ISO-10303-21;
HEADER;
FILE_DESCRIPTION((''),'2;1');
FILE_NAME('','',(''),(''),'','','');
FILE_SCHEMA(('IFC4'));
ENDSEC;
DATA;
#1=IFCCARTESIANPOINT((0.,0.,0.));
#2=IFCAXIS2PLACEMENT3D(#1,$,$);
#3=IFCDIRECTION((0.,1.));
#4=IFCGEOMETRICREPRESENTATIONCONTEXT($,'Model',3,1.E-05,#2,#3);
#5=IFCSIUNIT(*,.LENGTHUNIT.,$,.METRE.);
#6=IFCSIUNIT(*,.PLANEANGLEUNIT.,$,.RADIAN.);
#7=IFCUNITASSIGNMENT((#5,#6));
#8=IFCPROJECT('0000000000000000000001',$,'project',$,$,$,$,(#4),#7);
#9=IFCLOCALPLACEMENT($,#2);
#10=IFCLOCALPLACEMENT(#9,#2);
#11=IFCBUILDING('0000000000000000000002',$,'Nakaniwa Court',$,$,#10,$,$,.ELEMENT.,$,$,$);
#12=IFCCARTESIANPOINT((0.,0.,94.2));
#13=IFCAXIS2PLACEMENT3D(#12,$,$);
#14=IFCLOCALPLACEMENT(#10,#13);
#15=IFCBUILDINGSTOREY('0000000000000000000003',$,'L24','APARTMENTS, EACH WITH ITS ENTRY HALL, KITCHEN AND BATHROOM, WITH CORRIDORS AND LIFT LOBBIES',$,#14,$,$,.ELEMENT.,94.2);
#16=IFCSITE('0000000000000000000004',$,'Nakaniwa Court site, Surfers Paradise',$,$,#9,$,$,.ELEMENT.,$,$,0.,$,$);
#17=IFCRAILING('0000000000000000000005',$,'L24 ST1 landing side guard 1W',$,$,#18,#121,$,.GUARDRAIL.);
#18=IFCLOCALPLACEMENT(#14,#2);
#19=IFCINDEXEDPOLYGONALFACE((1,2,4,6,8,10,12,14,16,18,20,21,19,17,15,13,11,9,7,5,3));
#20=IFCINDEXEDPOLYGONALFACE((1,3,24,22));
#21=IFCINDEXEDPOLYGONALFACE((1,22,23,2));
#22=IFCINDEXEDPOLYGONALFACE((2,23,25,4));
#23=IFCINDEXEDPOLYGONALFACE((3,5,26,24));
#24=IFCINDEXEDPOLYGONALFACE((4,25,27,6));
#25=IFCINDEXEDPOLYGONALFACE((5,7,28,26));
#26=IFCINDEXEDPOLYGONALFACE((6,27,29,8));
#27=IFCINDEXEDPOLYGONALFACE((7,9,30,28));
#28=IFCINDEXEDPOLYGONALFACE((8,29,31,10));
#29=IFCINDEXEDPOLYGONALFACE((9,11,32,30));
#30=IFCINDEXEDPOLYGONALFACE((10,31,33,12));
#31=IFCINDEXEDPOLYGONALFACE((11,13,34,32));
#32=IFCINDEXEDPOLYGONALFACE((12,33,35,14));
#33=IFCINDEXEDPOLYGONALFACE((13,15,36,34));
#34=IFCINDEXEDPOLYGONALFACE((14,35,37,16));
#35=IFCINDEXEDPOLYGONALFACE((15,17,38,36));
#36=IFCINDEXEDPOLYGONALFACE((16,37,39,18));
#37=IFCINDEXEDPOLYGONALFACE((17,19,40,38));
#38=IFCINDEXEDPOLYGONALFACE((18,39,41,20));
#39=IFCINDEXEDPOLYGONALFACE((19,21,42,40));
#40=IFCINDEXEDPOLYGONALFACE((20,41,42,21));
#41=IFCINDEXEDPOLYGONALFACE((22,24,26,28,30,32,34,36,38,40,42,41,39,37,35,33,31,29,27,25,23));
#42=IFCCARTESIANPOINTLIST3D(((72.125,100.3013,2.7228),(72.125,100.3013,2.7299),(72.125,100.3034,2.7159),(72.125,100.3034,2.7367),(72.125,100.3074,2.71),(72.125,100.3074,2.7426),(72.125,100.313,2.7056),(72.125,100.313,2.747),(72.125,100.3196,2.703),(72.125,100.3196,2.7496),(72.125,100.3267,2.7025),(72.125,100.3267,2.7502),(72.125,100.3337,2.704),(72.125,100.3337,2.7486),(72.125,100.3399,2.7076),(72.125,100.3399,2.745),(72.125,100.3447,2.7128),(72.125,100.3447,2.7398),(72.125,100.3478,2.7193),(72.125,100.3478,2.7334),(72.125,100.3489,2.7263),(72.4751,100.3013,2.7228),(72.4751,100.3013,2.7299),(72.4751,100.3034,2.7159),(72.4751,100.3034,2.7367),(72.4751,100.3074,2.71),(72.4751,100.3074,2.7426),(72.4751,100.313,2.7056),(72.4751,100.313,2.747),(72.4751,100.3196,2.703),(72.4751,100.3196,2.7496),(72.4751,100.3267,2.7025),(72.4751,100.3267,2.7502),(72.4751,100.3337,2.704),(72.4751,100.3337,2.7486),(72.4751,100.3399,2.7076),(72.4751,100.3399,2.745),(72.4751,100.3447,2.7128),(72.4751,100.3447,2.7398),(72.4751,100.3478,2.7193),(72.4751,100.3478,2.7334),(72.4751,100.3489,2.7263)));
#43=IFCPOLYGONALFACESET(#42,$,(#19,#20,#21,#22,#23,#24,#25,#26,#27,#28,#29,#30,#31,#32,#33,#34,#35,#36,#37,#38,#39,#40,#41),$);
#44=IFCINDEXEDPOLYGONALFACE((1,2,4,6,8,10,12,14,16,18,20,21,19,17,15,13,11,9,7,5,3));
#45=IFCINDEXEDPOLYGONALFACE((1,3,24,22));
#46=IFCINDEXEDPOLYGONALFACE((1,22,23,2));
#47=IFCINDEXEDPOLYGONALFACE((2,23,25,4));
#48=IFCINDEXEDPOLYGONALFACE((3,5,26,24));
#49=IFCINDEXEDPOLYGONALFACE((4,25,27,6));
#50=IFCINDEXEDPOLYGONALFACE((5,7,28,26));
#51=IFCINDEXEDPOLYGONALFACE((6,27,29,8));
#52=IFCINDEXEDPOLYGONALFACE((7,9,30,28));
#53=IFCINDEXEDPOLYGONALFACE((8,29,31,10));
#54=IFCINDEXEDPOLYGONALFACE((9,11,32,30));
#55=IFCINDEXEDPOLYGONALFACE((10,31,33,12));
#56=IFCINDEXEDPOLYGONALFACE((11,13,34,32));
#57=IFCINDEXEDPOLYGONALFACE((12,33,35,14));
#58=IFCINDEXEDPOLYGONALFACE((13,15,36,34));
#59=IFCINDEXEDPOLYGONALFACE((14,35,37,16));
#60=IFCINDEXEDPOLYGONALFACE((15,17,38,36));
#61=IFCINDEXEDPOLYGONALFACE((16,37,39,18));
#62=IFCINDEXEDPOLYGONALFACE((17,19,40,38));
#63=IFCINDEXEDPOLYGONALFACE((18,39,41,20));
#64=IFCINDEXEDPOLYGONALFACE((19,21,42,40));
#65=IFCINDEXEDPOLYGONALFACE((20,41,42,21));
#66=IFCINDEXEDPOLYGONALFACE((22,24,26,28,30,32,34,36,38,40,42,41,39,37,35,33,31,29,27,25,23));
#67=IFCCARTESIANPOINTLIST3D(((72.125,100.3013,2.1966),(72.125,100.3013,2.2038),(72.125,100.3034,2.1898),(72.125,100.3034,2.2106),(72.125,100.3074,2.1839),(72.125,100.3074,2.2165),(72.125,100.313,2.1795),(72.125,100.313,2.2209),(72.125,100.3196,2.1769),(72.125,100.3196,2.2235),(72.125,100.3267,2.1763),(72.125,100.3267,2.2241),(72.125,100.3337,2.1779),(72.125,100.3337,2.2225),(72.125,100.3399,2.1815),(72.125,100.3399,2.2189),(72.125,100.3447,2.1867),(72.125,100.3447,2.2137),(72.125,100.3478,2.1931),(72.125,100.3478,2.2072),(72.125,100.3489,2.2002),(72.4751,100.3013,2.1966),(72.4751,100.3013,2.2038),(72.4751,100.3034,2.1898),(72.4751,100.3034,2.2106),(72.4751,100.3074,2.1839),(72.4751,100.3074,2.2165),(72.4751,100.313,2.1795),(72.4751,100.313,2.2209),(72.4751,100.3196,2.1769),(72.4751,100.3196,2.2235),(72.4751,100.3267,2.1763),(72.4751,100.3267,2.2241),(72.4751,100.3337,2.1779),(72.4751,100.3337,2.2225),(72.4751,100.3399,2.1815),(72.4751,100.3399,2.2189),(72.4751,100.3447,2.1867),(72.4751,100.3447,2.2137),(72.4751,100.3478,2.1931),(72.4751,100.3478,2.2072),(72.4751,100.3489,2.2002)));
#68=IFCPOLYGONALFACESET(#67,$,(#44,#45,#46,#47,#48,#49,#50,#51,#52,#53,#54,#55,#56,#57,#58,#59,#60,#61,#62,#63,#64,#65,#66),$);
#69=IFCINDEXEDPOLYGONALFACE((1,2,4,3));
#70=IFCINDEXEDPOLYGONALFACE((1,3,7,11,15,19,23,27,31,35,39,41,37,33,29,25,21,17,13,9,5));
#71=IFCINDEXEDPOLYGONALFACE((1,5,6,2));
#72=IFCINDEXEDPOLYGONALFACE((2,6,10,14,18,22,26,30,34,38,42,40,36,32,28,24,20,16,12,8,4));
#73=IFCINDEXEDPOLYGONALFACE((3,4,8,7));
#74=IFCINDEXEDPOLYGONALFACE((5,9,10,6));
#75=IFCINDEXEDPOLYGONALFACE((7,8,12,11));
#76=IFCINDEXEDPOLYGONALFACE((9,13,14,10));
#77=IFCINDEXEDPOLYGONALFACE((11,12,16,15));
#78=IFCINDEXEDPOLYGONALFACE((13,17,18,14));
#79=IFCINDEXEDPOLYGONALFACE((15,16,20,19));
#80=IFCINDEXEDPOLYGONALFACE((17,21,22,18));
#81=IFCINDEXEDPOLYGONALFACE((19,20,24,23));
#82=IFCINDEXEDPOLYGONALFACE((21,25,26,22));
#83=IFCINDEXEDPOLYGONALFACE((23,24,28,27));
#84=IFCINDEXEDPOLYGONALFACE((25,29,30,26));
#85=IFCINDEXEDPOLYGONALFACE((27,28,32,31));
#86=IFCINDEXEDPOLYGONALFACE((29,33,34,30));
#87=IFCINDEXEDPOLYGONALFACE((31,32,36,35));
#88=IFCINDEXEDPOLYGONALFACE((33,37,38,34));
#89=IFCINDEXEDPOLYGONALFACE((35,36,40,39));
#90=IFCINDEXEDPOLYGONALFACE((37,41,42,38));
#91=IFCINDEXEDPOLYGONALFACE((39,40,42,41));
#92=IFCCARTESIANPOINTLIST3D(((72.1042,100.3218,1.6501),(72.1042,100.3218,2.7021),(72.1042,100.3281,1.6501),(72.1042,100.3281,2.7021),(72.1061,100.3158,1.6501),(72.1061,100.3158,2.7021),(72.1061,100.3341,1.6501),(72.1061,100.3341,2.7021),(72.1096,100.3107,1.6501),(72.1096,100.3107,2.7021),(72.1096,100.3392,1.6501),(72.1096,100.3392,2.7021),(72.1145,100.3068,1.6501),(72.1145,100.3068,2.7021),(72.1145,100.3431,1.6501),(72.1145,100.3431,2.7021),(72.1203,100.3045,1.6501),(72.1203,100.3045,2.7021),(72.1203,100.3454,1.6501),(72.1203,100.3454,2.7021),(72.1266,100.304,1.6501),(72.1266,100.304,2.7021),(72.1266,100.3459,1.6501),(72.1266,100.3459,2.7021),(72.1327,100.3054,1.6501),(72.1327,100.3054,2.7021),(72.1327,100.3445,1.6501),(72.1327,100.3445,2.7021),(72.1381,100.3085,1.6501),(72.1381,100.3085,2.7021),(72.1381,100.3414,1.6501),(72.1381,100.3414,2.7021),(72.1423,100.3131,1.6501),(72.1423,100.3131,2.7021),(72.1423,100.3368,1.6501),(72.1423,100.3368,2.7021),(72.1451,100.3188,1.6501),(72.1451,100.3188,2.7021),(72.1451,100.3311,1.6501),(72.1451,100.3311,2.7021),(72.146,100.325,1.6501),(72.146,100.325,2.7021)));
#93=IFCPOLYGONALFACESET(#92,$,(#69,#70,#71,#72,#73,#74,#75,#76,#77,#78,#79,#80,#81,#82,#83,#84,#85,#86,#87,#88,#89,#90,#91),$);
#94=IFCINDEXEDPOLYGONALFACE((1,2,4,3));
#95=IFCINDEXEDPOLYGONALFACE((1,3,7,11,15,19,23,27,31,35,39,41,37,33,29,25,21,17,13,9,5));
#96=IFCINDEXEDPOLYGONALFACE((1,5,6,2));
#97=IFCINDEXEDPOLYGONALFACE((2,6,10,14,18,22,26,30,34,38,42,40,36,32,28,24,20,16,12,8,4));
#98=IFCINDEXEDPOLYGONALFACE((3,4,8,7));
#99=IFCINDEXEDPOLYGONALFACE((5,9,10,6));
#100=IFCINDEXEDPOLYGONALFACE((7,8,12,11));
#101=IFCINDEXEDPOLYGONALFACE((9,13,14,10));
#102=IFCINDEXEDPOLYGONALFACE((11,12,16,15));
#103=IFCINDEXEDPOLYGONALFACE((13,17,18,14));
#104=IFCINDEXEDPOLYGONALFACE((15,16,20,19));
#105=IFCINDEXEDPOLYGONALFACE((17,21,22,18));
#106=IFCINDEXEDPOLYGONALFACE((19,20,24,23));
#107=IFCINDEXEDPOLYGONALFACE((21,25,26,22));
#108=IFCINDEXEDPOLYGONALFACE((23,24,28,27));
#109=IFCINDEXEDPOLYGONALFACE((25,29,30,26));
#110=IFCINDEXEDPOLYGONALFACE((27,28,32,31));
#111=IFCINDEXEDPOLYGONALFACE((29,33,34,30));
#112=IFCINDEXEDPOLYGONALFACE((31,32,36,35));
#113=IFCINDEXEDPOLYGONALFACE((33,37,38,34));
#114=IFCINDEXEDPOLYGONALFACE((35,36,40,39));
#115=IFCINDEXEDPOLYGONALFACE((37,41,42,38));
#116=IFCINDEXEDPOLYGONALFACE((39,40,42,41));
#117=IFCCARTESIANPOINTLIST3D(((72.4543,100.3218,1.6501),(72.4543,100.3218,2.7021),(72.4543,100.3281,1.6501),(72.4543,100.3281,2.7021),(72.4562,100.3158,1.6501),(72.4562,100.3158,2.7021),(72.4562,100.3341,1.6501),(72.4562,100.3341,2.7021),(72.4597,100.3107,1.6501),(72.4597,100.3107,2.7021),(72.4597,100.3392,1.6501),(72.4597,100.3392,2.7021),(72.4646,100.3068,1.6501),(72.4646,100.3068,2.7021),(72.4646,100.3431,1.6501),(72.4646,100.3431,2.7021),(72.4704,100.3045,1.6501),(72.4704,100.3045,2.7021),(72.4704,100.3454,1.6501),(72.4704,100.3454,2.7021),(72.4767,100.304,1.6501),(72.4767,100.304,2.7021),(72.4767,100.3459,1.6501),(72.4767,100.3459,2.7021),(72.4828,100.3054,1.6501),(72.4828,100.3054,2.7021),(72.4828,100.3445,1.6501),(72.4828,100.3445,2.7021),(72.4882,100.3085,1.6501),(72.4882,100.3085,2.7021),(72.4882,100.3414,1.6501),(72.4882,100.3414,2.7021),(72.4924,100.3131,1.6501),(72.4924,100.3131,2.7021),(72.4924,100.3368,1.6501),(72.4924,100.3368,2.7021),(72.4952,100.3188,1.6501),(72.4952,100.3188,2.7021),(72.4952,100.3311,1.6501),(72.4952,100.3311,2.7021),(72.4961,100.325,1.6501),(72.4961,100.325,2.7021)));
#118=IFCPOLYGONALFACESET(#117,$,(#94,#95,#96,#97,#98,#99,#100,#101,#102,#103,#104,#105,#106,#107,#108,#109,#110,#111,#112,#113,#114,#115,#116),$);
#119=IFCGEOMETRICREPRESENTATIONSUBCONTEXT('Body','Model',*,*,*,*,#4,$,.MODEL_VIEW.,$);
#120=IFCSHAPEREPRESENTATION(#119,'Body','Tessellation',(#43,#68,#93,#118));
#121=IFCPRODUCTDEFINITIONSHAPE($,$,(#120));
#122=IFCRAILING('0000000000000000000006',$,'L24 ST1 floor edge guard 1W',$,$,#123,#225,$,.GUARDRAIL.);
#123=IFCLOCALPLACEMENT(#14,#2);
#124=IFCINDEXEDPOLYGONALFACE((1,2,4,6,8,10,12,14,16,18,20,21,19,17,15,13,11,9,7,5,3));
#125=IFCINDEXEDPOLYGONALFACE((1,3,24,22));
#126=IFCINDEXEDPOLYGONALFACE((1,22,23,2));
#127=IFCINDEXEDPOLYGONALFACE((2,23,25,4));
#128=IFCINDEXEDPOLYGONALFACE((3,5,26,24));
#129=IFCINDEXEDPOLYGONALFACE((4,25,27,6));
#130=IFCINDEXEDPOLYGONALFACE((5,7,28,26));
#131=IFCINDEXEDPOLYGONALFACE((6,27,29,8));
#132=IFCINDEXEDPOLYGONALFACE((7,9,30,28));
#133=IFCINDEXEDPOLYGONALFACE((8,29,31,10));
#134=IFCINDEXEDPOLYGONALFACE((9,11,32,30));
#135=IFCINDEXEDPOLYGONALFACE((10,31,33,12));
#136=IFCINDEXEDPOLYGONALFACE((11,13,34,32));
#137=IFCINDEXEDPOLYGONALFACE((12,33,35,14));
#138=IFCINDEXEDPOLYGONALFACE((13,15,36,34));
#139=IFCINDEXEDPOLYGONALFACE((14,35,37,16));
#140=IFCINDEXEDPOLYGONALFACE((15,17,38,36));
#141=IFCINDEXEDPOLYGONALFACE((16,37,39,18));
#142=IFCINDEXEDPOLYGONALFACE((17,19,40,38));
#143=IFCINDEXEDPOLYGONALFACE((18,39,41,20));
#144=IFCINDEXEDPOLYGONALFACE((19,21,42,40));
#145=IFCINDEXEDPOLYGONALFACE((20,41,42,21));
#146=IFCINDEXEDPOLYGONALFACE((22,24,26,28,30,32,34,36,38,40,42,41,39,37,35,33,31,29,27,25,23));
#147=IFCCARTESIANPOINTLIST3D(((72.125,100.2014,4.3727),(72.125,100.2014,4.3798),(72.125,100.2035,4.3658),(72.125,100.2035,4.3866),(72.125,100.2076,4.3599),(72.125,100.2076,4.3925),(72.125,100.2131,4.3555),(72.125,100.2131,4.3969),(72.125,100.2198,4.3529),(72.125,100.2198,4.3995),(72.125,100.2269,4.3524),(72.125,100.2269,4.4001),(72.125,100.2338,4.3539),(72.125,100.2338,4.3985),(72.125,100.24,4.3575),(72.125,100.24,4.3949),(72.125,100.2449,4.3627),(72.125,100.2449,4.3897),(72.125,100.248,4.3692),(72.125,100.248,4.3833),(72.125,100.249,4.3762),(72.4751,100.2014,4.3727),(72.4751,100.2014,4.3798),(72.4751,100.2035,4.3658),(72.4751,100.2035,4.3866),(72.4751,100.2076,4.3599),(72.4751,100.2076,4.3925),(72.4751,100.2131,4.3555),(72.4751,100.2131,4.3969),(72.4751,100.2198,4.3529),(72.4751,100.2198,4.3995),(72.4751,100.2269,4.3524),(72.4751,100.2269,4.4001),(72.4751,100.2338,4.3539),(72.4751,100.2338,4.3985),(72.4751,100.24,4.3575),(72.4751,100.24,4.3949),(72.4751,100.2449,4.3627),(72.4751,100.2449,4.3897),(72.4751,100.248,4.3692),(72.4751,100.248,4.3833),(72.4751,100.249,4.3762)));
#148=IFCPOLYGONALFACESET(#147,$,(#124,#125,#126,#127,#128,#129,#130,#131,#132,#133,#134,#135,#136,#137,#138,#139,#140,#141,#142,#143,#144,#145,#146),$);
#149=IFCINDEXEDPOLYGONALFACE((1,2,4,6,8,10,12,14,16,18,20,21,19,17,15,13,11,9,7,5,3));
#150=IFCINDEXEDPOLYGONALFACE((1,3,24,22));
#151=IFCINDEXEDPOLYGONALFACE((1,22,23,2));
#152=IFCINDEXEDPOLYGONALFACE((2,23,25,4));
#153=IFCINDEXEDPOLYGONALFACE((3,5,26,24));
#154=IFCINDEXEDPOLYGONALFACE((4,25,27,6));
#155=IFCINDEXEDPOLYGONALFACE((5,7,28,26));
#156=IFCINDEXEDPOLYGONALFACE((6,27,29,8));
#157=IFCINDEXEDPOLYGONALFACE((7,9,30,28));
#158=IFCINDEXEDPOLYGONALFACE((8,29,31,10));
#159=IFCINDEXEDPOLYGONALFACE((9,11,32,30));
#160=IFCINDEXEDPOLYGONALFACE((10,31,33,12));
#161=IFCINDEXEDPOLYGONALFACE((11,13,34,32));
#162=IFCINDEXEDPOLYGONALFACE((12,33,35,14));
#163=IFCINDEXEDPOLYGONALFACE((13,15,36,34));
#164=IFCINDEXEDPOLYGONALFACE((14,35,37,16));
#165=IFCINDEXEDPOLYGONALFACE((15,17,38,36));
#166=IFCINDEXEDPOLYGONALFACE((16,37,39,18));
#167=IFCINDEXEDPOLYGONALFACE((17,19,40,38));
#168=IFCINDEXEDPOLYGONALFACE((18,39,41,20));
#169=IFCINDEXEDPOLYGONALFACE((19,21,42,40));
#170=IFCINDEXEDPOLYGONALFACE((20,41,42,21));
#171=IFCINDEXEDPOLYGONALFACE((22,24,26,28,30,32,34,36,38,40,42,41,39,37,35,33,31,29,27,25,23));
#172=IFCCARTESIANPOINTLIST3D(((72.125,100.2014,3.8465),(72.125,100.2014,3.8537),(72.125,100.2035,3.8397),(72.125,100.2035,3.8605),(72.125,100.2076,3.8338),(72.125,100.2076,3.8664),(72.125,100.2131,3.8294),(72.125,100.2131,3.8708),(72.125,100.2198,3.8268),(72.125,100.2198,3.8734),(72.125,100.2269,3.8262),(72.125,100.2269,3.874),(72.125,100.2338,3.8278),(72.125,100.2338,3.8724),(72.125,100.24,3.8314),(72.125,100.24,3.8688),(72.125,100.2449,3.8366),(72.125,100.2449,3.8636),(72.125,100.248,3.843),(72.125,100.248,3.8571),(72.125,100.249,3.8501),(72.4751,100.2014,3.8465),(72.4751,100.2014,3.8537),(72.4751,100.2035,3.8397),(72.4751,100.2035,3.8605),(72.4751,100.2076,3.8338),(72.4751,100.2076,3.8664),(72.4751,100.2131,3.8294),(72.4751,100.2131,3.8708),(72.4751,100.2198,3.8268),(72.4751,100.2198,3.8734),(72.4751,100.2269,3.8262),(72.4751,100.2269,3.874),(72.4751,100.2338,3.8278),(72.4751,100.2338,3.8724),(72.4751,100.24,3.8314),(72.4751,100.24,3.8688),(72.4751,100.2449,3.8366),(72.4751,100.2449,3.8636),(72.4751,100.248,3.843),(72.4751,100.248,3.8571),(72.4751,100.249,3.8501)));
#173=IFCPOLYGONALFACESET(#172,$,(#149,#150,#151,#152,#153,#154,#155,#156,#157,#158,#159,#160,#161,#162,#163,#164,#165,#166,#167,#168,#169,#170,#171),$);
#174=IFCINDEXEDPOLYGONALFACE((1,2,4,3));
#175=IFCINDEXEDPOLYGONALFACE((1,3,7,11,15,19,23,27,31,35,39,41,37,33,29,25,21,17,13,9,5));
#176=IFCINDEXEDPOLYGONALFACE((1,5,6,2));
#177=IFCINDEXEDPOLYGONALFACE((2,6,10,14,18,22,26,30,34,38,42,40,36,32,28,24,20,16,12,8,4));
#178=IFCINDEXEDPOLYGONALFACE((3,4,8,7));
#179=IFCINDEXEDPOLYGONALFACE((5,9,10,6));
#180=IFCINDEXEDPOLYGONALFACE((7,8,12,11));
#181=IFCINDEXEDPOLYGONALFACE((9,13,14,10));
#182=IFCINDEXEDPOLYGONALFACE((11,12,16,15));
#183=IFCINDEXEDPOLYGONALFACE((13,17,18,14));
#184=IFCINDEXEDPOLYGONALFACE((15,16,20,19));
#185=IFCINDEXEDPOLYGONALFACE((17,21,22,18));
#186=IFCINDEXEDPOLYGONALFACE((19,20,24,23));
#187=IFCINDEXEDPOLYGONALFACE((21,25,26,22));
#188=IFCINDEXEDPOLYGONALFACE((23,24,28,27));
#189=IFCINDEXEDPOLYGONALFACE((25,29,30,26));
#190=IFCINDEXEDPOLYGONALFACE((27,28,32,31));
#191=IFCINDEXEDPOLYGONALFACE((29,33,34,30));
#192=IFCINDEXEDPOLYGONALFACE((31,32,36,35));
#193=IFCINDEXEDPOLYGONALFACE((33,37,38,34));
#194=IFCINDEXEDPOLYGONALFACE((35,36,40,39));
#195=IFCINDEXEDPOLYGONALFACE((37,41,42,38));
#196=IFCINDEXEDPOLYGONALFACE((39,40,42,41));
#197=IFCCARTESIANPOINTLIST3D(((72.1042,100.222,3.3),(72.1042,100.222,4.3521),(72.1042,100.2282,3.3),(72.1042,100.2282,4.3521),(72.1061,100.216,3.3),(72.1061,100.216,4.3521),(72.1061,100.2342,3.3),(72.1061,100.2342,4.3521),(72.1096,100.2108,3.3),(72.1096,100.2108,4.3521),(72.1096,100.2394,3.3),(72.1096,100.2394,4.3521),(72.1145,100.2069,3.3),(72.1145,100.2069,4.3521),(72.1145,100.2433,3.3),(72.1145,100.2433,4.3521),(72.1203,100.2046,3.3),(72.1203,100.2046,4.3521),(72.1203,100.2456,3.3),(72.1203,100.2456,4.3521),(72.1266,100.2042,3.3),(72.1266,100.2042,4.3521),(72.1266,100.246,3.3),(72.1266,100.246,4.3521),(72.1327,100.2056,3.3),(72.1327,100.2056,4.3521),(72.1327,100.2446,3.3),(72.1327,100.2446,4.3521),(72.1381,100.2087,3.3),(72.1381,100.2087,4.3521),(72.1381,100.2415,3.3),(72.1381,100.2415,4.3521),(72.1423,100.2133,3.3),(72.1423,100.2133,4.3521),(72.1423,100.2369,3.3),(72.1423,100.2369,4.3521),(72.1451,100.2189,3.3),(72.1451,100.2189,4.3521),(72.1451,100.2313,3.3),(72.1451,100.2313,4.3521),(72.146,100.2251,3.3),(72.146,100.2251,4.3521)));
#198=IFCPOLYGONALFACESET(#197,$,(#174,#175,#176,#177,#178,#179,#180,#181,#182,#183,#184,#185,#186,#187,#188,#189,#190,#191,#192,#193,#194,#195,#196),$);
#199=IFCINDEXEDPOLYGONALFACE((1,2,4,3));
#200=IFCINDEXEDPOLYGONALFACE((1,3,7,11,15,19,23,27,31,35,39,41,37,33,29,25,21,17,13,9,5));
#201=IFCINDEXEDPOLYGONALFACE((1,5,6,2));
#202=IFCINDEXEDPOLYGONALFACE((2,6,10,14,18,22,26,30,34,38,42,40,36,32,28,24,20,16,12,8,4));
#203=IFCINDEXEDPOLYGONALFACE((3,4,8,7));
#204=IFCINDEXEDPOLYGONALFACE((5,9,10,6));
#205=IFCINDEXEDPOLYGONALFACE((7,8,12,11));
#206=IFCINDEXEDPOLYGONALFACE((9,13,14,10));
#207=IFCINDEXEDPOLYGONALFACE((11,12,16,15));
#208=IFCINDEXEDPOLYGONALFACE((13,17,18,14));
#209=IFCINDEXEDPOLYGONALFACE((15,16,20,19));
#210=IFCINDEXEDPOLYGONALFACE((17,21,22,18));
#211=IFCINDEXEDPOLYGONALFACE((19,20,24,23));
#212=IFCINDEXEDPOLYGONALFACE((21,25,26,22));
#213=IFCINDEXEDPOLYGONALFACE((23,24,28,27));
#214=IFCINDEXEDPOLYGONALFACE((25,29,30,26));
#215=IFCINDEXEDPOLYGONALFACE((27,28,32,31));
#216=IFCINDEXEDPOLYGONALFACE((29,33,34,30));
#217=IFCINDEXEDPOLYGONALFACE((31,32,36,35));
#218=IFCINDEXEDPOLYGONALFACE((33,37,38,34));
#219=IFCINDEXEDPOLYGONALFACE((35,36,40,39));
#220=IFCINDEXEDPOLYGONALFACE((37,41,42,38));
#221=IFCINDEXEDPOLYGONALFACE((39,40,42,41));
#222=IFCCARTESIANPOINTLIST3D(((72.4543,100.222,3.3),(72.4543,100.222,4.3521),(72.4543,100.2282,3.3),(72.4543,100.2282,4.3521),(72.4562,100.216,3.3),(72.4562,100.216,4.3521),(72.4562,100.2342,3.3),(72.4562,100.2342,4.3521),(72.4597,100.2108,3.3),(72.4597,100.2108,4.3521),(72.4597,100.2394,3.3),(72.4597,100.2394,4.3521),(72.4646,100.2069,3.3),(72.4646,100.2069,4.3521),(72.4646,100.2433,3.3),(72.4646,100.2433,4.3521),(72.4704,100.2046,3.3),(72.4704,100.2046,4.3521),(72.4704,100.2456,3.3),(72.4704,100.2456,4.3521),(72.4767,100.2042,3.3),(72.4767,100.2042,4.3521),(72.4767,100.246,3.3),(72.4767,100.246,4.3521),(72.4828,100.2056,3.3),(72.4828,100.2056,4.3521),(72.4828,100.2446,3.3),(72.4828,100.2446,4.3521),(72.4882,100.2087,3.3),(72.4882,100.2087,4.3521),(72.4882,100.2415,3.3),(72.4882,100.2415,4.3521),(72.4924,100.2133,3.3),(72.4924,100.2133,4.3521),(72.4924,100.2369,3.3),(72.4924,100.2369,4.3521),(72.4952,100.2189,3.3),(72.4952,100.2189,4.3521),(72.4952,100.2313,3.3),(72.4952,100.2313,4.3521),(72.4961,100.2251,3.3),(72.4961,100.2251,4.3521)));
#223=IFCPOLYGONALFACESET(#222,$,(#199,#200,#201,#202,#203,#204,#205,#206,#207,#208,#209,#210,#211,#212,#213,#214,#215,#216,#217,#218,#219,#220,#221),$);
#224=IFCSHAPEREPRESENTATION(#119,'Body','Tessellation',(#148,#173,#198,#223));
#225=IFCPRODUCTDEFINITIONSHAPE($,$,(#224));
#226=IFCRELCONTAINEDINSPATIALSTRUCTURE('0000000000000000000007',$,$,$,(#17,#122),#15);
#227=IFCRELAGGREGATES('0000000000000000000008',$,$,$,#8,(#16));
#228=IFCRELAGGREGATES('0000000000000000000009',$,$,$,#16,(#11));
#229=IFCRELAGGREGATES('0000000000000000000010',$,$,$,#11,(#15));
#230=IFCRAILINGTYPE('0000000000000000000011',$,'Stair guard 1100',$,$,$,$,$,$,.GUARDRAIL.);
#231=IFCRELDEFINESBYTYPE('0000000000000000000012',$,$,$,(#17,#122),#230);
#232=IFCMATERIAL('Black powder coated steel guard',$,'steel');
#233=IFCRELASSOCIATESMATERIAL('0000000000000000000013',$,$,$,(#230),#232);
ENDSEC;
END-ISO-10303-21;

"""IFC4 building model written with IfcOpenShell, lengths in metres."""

from ifc_helpers import new_model, si_unit, direction, frame, origin, origin_2d, place, context, subcontext, project, spatial, circle, extrude, material, type_object, element, save


model = new_model("IFC4")

# Units and contexts
model_context = context("Model", 3, precision=1e-05, world=origin(), true_north=direction((0.0, 1.0)))
body_context = subcontext(model_context, "Body", "Model", "MODEL_VIEW")
ifc_project = project(units=[si_unit("LENGTHUNIT", "METRE"), si_unit("PLANEANGLEUNIT", "RADIAN")], contexts=[model_context])

# Site, building, storey
site_placement = place(None, origin())
site = spatial("IfcSite", under=ifc_project, at=site_placement, Name="Nakaniwa Court site, Surfers Paradise", CompositionType="ELEMENT", RefElevation=0.0)
building_placement = place(site_placement, origin())
building = spatial("IfcBuilding", under=site, at=building_placement, Name="Nakaniwa Court", CompositionType="ELEMENT")
storey_placement = place(building_placement, frame((0.0, 0.0, 94.2)))
storey = spatial("IfcBuildingStorey", under=building, at=storey_placement, Name="L24", Description="APARTMENTS, EACH WITH ITS ENTRY HALL, KITCHEN AND BATHROOM, WITH CORRIDORS AND LIFT LOBBIES", CompositionType="ELEMENT", Elevation=94.2)

# Railings
ifc_material_1 = material(Name="Black powder coated steel guard", Category="steel")
railing_type_1 = type_object("IfcRailingType", Name="Stair guard 1100", PredefinedType="GUARDRAIL", material=ifc_material_1)
for number, where, name in (
    (1, (72.125, 100.325, 1.6501), "L24 ST1 landing side guard 1W"),
    (2, (72.125, 100.2251, 3.3), "L24 ST1 floor edge guard 1W"),
):
    element("IfcRailing", number, at=place(storey_placement, frame(where)), inside=storey, type_object=railing_type_1, Name=name, PredefinedType="GUARDRAIL", context=body_context, shape_type="SweptSolid", body=[
        extrude(circle(Radius=0.0239, at=origin_2d()), frame((0.0, 0.0, 1.0762), z_axis=(1.0, 0.0, 0.0), x_axis=(0.0, 1.0, 0.0)), (0.0, 0.0, 1.0), 0.3501),
        extrude(circle(Radius=0.0239, at=origin_2d()), frame((0.0, 0.0, 0.55), z_axis=(1.0, 0.0, 0.0), x_axis=(0.0, 1.0, 0.0)), (0.0, 0.0, 1.0), 0.3501),
        extrude(circle(Radius=0.021, at=origin_2d()), origin(), (0.0, 0.0, 1.0), 1.052),
        extrude(circle(Radius=0.021, at=origin_2d()), frame((0.3501, 0.0, 0.0)), (0.0, 0.0, 1.0), 1.052),
    ])

save(model, "model.ifc")
